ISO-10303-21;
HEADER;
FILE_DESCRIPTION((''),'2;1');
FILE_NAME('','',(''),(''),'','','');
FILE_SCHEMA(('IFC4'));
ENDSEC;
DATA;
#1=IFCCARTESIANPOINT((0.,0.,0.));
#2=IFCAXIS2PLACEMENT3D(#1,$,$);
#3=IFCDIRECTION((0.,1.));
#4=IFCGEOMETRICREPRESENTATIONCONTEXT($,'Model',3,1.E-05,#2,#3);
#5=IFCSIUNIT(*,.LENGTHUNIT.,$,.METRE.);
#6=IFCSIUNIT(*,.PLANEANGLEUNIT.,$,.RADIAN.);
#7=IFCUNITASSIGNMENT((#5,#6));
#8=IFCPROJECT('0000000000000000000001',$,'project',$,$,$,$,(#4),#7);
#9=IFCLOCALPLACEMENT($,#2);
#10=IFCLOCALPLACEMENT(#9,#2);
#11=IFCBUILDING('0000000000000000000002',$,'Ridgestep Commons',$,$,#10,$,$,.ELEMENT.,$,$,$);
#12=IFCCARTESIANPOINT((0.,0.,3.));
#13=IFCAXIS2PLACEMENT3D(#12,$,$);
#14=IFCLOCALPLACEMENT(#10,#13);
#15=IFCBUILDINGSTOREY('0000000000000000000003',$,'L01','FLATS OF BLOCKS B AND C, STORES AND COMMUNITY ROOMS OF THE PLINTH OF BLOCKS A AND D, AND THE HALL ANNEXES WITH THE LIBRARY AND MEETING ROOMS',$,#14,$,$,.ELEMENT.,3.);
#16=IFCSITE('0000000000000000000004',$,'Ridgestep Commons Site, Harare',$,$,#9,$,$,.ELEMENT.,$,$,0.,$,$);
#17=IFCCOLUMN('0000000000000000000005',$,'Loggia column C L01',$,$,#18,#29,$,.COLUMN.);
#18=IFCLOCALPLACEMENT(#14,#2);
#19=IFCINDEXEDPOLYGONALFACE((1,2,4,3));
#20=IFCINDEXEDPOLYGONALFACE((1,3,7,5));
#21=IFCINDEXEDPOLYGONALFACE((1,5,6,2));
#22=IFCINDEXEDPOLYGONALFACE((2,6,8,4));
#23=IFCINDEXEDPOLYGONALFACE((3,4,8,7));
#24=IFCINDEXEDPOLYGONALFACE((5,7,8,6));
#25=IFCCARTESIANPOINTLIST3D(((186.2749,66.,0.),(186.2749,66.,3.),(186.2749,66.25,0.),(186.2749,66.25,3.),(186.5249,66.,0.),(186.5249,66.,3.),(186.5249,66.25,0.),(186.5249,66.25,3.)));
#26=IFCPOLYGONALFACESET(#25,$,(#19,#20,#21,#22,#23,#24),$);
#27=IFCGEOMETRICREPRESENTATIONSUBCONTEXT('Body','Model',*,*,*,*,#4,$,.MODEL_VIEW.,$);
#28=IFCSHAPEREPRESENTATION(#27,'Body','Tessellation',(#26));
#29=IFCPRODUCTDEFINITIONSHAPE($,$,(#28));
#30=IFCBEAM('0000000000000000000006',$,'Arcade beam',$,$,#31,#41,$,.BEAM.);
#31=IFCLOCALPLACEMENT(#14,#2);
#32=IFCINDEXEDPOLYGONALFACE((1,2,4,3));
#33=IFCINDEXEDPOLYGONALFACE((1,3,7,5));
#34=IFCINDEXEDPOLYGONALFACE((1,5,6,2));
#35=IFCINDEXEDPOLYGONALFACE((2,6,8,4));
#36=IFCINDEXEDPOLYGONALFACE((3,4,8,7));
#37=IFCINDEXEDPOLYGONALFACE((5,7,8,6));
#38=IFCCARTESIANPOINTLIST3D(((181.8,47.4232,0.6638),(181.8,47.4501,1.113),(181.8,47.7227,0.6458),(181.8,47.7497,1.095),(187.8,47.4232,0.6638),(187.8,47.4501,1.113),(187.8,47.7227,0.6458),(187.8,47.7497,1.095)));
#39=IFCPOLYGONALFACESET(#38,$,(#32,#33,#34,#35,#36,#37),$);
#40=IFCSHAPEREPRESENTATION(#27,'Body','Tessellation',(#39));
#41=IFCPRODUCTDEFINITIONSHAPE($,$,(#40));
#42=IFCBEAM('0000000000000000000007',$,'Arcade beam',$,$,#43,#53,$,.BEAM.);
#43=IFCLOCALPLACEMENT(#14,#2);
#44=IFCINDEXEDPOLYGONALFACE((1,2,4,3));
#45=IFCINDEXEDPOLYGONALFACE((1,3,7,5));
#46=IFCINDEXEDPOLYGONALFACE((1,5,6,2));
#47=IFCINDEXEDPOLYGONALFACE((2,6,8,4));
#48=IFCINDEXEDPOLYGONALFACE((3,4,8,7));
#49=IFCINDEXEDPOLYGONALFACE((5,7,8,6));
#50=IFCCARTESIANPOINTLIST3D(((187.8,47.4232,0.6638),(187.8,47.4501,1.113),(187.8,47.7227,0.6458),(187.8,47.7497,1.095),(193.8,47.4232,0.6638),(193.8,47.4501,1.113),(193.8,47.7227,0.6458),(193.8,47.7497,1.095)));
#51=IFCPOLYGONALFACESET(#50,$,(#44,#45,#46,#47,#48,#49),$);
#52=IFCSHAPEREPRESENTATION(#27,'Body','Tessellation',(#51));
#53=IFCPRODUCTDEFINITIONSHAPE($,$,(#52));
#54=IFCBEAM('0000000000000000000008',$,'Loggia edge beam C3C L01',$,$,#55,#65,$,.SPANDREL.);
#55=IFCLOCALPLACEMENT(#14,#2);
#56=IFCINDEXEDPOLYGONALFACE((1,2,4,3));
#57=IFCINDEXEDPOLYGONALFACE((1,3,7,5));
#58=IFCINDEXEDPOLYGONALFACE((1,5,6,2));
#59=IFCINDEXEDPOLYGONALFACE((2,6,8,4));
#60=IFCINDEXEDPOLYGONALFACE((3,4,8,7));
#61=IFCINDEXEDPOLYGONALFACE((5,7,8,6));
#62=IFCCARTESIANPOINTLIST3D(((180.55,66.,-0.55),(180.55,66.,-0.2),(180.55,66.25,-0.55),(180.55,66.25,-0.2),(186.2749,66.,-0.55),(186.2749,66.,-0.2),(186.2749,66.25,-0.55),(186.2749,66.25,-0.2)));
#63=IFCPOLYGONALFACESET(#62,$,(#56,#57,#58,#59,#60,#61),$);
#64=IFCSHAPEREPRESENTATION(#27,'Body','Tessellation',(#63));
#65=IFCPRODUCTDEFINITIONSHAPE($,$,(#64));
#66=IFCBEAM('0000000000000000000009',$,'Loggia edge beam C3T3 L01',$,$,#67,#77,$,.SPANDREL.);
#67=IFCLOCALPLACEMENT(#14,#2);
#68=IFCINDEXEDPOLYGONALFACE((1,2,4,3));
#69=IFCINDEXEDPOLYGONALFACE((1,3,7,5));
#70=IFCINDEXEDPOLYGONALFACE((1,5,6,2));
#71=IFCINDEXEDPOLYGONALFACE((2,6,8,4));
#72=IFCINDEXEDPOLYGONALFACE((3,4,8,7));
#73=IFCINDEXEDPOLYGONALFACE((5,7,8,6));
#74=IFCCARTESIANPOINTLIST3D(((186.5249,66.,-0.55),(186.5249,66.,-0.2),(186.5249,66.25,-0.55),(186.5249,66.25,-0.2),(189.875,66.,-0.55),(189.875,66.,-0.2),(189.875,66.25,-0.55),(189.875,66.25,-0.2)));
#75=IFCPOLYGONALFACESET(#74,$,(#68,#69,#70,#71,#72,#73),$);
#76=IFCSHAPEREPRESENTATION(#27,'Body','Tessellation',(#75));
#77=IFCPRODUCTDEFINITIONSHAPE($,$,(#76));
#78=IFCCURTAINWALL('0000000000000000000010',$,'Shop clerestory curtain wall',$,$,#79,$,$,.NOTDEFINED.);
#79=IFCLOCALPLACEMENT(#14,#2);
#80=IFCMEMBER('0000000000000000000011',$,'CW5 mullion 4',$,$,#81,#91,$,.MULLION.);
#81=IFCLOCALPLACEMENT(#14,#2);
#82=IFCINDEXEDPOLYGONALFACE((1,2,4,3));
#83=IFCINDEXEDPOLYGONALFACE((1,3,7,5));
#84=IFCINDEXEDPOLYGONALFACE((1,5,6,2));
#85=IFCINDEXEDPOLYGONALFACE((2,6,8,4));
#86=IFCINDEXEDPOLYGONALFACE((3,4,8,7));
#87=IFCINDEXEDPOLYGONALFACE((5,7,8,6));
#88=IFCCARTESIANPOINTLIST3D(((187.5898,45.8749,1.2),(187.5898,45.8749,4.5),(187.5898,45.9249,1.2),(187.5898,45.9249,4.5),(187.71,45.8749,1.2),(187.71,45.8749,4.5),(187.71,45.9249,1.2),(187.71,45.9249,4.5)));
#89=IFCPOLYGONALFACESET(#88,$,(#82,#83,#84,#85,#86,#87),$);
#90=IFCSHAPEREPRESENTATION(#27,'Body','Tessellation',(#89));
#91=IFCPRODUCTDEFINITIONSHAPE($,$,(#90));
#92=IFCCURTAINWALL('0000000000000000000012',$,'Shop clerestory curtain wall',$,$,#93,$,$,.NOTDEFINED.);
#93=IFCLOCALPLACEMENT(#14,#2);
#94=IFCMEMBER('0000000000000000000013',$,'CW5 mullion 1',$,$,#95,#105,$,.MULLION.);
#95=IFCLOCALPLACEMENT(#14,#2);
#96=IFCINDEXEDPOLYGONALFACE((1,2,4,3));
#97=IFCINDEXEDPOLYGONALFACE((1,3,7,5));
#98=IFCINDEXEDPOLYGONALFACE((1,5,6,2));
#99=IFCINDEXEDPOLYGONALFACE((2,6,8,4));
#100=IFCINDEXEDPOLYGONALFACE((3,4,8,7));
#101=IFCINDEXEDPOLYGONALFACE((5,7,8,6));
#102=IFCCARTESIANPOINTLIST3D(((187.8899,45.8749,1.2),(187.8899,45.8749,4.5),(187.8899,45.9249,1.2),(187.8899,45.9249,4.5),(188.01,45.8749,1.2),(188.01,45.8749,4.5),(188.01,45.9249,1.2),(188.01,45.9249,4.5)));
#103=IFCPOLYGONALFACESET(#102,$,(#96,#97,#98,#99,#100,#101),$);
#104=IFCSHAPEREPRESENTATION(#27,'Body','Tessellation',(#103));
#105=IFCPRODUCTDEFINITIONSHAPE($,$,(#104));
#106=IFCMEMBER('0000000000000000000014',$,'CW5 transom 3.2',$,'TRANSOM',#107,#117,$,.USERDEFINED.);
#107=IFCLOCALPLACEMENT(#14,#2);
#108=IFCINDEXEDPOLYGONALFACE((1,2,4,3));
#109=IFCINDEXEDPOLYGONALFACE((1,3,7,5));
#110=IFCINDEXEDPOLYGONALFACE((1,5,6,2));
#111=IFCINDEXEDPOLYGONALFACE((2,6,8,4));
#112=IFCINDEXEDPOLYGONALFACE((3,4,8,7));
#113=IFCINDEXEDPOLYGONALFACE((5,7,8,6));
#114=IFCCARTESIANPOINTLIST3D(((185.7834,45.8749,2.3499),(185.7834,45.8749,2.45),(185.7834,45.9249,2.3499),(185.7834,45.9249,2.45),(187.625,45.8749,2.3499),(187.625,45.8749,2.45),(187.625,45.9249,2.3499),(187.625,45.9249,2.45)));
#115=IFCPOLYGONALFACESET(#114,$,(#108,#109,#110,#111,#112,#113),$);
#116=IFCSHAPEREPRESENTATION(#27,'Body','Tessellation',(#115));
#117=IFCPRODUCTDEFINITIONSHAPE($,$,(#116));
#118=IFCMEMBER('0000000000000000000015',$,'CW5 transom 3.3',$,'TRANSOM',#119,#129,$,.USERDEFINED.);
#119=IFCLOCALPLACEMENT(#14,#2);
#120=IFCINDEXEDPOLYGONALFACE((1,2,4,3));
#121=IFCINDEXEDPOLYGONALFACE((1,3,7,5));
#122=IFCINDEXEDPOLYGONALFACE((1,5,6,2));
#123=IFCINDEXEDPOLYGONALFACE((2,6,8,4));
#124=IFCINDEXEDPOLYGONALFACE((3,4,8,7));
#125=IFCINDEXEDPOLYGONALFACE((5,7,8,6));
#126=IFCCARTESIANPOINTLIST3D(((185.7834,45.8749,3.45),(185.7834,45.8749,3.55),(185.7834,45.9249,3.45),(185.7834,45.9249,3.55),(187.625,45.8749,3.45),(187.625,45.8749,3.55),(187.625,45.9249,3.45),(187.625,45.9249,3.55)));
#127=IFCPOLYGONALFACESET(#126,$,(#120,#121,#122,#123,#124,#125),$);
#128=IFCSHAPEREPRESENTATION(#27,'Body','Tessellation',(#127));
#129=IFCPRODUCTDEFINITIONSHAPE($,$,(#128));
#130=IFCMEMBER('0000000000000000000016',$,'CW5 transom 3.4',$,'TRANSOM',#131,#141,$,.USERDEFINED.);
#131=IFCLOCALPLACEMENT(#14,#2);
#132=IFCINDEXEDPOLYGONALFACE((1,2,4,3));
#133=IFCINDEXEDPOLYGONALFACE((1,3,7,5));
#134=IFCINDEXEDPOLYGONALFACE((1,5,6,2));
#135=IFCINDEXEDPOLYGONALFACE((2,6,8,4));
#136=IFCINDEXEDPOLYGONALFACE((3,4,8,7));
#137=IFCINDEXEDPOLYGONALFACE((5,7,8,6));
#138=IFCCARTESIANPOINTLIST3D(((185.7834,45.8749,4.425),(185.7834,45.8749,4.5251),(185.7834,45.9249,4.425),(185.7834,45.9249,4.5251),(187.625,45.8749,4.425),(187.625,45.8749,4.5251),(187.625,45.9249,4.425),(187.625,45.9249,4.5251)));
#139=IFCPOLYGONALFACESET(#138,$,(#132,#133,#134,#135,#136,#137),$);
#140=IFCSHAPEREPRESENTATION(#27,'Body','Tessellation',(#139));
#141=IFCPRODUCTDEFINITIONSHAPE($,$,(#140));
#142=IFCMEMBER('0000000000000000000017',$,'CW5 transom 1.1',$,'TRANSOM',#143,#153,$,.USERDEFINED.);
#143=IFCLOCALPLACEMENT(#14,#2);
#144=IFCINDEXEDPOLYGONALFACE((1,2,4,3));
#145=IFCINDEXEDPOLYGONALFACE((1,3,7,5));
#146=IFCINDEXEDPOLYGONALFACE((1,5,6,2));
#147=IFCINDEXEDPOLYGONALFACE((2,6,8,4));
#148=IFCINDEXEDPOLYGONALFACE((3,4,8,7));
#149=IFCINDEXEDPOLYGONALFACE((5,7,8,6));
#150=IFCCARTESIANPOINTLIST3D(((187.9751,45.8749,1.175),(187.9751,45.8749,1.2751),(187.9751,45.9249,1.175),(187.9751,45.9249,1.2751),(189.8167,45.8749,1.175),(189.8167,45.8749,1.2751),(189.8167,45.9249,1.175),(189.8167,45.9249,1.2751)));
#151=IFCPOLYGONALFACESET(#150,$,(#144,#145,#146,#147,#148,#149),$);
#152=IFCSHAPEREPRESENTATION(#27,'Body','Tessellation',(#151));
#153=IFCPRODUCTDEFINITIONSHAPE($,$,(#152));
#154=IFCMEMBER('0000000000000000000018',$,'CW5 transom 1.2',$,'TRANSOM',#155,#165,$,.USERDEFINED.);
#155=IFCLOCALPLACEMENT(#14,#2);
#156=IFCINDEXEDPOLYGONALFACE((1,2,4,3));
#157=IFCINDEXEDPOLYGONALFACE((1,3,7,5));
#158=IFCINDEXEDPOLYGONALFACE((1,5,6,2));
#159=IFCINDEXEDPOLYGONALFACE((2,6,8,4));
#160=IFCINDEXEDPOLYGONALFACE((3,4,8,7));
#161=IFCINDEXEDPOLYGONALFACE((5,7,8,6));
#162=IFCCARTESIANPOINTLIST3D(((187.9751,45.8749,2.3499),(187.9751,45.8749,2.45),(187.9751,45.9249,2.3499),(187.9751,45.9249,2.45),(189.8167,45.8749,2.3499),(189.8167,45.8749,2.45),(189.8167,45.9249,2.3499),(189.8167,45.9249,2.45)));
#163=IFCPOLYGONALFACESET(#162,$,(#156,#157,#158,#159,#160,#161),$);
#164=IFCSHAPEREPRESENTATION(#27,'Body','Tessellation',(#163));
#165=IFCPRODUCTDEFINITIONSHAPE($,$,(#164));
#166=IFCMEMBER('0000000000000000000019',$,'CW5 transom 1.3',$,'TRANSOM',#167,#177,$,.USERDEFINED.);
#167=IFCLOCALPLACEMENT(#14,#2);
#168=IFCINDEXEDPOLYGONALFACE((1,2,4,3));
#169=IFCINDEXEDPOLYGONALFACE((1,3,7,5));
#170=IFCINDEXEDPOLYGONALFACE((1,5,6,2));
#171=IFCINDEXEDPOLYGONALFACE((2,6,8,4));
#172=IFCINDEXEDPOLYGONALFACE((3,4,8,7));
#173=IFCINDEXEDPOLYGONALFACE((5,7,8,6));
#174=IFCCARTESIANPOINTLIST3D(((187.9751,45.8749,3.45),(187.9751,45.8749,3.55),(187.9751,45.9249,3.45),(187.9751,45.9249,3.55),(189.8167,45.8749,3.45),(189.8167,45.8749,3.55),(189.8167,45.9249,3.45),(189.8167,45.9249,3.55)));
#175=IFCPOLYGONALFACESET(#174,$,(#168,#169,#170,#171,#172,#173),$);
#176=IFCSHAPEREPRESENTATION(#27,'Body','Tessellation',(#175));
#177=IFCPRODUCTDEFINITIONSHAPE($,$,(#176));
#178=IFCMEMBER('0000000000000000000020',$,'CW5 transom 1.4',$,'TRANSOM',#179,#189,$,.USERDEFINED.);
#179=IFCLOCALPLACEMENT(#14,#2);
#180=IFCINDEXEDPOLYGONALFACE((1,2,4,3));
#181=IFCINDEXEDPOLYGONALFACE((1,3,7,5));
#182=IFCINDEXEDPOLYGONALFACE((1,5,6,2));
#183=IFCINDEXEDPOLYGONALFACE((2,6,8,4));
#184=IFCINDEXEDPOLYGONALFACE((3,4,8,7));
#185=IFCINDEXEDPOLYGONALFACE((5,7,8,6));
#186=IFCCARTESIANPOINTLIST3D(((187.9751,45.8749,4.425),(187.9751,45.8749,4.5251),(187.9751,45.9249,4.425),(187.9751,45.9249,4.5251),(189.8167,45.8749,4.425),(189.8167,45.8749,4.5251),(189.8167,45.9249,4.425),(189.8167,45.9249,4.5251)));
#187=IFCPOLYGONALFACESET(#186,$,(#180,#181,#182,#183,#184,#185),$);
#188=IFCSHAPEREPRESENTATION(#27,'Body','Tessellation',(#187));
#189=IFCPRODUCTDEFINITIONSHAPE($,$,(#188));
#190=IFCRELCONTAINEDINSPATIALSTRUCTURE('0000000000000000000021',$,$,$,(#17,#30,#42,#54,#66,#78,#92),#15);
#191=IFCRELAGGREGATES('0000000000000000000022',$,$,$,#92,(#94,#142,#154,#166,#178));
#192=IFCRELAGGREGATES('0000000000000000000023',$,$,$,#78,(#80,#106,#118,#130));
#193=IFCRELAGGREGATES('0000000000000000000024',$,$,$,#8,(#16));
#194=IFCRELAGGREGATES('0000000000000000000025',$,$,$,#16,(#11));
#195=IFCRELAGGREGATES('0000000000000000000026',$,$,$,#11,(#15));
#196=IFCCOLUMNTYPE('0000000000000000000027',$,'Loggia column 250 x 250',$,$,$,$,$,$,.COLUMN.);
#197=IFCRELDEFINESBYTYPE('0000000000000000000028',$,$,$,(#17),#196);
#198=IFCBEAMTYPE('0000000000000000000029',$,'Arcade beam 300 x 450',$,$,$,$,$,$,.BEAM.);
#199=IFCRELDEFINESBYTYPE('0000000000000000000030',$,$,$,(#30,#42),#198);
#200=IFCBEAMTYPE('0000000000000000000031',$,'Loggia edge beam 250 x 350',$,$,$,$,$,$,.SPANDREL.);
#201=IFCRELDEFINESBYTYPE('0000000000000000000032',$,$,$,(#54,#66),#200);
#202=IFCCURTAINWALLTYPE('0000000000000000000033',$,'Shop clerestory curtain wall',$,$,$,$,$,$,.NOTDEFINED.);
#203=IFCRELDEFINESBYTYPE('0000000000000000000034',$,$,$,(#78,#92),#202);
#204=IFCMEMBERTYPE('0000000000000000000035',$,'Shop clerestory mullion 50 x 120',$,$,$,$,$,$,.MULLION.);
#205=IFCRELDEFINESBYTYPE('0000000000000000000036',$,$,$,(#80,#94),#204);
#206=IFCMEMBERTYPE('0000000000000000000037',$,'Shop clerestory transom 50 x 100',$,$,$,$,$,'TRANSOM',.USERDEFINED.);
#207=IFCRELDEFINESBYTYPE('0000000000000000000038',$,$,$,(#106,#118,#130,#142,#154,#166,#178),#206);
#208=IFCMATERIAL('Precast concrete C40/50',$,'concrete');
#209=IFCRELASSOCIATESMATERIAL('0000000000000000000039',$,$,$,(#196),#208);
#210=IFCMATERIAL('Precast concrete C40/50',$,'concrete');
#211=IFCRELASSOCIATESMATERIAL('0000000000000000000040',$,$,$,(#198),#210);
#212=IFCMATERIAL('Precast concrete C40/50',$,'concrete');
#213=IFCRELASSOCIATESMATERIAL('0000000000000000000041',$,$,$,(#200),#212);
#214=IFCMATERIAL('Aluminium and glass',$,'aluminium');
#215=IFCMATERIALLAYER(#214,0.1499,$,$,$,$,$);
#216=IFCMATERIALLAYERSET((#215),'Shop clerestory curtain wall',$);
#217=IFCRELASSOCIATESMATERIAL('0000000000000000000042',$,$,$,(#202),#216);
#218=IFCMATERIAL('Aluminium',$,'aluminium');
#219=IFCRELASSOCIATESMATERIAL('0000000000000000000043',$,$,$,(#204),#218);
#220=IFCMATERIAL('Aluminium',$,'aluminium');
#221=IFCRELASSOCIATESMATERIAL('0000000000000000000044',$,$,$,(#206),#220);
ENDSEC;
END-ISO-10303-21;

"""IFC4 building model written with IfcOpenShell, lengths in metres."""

from ifc_helpers import new_model, si_unit, direction, frame, origin, origin_2d, place, context, subcontext, project, spatial, rectangle, extrude, material, layer, layer_set, material_profile, profile_set, type_object, element, aggregate, save


model = new_model("IFC4")

# Units and contexts
model_context = context("Model", 3, precision=1e-05, world=origin(), true_north=direction((0.0, 1.0)))
body_context = subcontext(model_context, "Body", "Model", "MODEL_VIEW")
ifc_project = project(units=[si_unit("LENGTHUNIT", "METRE"), si_unit("PLANEANGLEUNIT", "RADIAN")], contexts=[model_context])

# Site, building, storey
site_placement = place(None, origin())
site = spatial("IfcSite", under=ifc_project, at=site_placement, Name="Ridgestep Commons Site, Harare", CompositionType="ELEMENT", RefElevation=0.0)
building_placement = place(site_placement, origin())
building = spatial("IfcBuilding", under=site, at=building_placement, Name="Ridgestep Commons", CompositionType="ELEMENT")
storey_placement = place(building_placement, frame((0.0, 0.0, 3.0)))
storey = spatial("IfcBuildingStorey", under=building, at=storey_placement, Name="L01", Description="FLATS OF BLOCKS B AND C, STORES AND COMMUNITY ROOMS OF THE PLINTH OF BLOCKS A AND D, AND THE HALL ANNEXES WITH THE LIBRARY AND MEETING ROOMS", CompositionType="ELEMENT", Elevation=3.0)

# Column
ifc_material_1 = material(Name="Precast concrete C40/50", Category="concrete")
ifc_material_profile_1 = material_profile(ifc_material_1, rectangle(XDim=0.25, YDim=0.25, at=origin_2d()), Name="PC 250x250")
ifc_profile_set_1 = profile_set([ifc_material_profile_1], Name="Precast concrete C40/50")
column_type = type_object("IfcColumnType", Name="Loggia column 250 x 250", PredefinedType="COLUMN", material=ifc_profile_set_1)
column_placement = place(storey_placement, frame((186.3999, 66.125, 0.0), z_axis=(0.0, 0.0, 1.0), x_axis=(1.0, 0.0, 0.0)))
element("IfcColumn", 1, at=column_placement, inside=storey, type_object=column_type, Name="Loggia column C L01", PredefinedType="COLUMN", context=body_context, shape_type="SweptSolid", body=[
    extrude(rectangle(XDim=0.25, YDim=0.25, at=origin_2d()), origin(), (0.0, 0.0, 1.0), 3.0),
])

# Beams
ifc_material_2 = material(Name="Precast concrete C40/50", Category="concrete")
ifc_material_profile_2 = material_profile(ifc_material_2, rectangle(XDim=0.3, YDim=0.45, at=origin_2d()), Name="Arcade beam 300 x 450")
ifc_profile_set_2 = profile_set([ifc_material_profile_2], Name="Precast concrete C40/50")
beam_type_1 = type_object("IfcBeamType", Name="Arcade beam 300 x 450", PredefinedType="BEAM", material=ifc_profile_set_2)
for number, where, z_axis, x_axis, name in (
    (2, (181.8, 47.5864, 0.8794), (1.0, 0.0, 0.0), (0.0, 0.998205, -0.059892), "Arcade beam"),
    (3, (187.8, 47.5864, 0.8794), (1.0, 0.0, 0.0), (0.0, 0.998205, -0.059892), "Arcade beam"),
):
    element("IfcBeam", number, at=place(storey_placement, frame(where, z_axis=z_axis, x_axis=x_axis)), inside=storey, type_object=beam_type_1, Name=name, PredefinedType="BEAM", context=body_context, shape_type="SweptSolid", body=[
        extrude(rectangle(XDim=0.3, YDim=0.45, at=origin_2d()), origin(), (0.0, 0.0, 1.0), 6.0),
    ])
ifc_material_3 = material(Name="Precast concrete C40/50", Category="concrete")
ifc_material_profile_3 = material_profile(ifc_material_3, rectangle(XDim=0.25, YDim=0.3501, at=origin_2d()), Name="PC 250x350")
ifc_profile_set_3 = profile_set([ifc_material_profile_3], Name="Precast concrete C40/50")
beam_type_2 = type_object("IfcBeamType", Name="Loggia edge beam 250 x 350", PredefinedType="SPANDREL", material=ifc_profile_set_3)
beam_1_placement = place(storey_placement, frame((180.55, 66.125, -0.375), z_axis=(1.0, 0.0, 0.0), x_axis=(0.0, 1.0, 0.0)))
element("IfcBeam", 4, at=beam_1_placement, inside=storey, type_object=beam_type_2, Name="Loggia edge beam C3C L01", PredefinedType="SPANDREL", context=body_context, shape_type="SweptSolid", body=[
    extrude(rectangle(XDim=0.25, YDim=0.3501, at=origin_2d()), origin(), (0.0, 0.0, 1.0), 5.7249),
])
beam_2_placement = place(storey_placement, frame((186.5249, 66.125, -0.375), z_axis=(1.0, 0.0, 0.0), x_axis=(0.0, 1.0, 0.0)))
element("IfcBeam", 5, at=beam_2_placement, inside=storey, type_object=beam_type_2, Name="Loggia edge beam C3T3 L01", PredefinedType="SPANDREL", context=body_context, shape_type="SweptSolid", body=[
    extrude(rectangle(XDim=0.25, YDim=0.3501, at=origin_2d()), origin(), (0.0, 0.0, 1.0), 3.3501),
])

# Curtain walls, members
ifc_material_4 = material(Name="Aluminium and glass", Category="aluminium")
ifc_layer_1 = layer(ifc_material_4, 0.1499)
ifc_layer_set_1 = layer_set([ifc_layer_1], Name="Shop clerestory curtain wall")
curtain_wall_type = type_object("IfcCurtainWallType", Name="Shop clerestory curtain wall", PredefinedType="NOTDEFINED", material=ifc_layer_set_1)
curtain_wall_1_placement = place(storey_placement, origin())
curtain_wall_1 = element("IfcCurtainWall", 6, at=curtain_wall_1_placement, inside=storey, type_object=curtain_wall_type, Name="Shop clerestory curtain wall", PredefinedType="NOTDEFINED")
ifc_material_5 = material(Name="Aluminium", Category="aluminium")
ifc_material_profile_4 = material_profile(ifc_material_5, rectangle(XDim=0.05, YDim=0.1201, at=origin_2d()), Name="Shop clerestory mullion 50 x 120")
ifc_profile_set_4 = profile_set([ifc_material_profile_4], Name="Aluminium")
member_type_1 = type_object("IfcMemberType", Name="Shop clerestory mullion 50 x 120", PredefinedType="MULLION", material=ifc_profile_set_4)
member_1_placement = place(storey_placement, frame((187.6499, 45.8999, 1.2), z_axis=(0.0, 0.0, 1.0), x_axis=(0.0, 1.0, 0.0)))
member_1 = element("IfcMember", 7, at=member_1_placement, type_object=member_type_1, Name="CW5 mullion 4", PredefinedType="MULLION", context=body_context, shape_type="SweptSolid", body=[
    extrude(rectangle(XDim=0.05, YDim=0.1201, at=origin_2d()), origin(), (0.0, 0.0, 1.0), 3.3),
])
curtain_wall_2_placement = place(storey_placement, origin())
curtain_wall_2 = element("IfcCurtainWall", 8, at=curtain_wall_2_placement, inside=storey, type_object=curtain_wall_type, Name="Shop clerestory curtain wall", PredefinedType="NOTDEFINED")
member_2_placement = place(storey_placement, frame((187.95, 45.8999, 1.2), z_axis=(0.0, 0.0, 1.0), x_axis=(0.0, 1.0, 0.0)))
member_2 = element("IfcMember", 9, at=member_2_placement, type_object=member_type_1, Name="CW5 mullion 1", PredefinedType="MULLION", context=body_context, shape_type="SweptSolid", body=[
    extrude(rectangle(XDim=0.05, YDim=0.1201, at=origin_2d()), origin(), (0.0, 0.0, 1.0), 3.3),
])

# Members
ifc_material_6 = material(Name="Aluminium", Category="aluminium")
ifc_material_profile_5 = material_profile(ifc_material_6, rectangle(XDim=0.05, YDim=0.1001, at=origin_2d()), Name="Shop clerestory transom 50 x 100")
ifc_profile_set_5 = profile_set([ifc_material_profile_5], Name="Aluminium")
member_type_2 = type_object("IfcMemberType", Name="Shop clerestory transom 50 x 100", ElementType="TRANSOM", PredefinedType="USERDEFINED", material=ifc_profile_set_5)
member_3_placement = place(storey_placement, frame((185.7834, 45.8999, 2.3999), z_axis=(1.0, 0.0, 0.0), x_axis=(0.0, 1.0, 0.0)))
member_3 = element("IfcMember", 10, at=member_3_placement, type_object=member_type_2, Name="CW5 transom 3.2", ObjectType="TRANSOM", PredefinedType="USERDEFINED", context=body_context, shape_type="SweptSolid", body=[
    extrude(rectangle(XDim=0.05, YDim=0.1001, at=origin_2d()), origin(), (0.0, 0.0, 1.0), 1.8416),
])
member_4_placement = place(storey_placement, frame((185.7834, 45.8999, 3.5), z_axis=(1.0, 0.0, 0.0), x_axis=(0.0, 1.0, 0.0)))
member_4 = element("IfcMember", 11, at=member_4_placement, type_object=member_type_2, Name="CW5 transom 3.3", ObjectType="TRANSOM", PredefinedType="USERDEFINED", context=body_context, shape_type="SweptSolid", body=[
    extrude(rectangle(XDim=0.05, YDim=0.1001, at=origin_2d()), origin(), (0.0, 0.0, 1.0), 1.8416),
])
member_5_placement = place(storey_placement, frame((185.7834, 45.8999, 4.4751), z_axis=(1.0, 0.0, 0.0), x_axis=(0.0, 1.0, 0.0)))
member_5 = element("IfcMember", 12, at=member_5_placement, type_object=member_type_2, Name="CW5 transom 3.4", ObjectType="TRANSOM", PredefinedType="USERDEFINED", context=body_context, shape_type="SweptSolid", body=[
    extrude(rectangle(XDim=0.05, YDim=0.1001, at=origin_2d()), origin(), (0.0, 0.0, 1.0), 1.8416),
])
member_6_placement = place(storey_placement, frame((187.9751, 45.8999, 1.2251), z_axis=(1.0, 0.0, 0.0), x_axis=(0.0, 1.0, 0.0)))
member_6 = element("IfcMember", 13, at=member_6_placement, type_object=member_type_2, Name="CW5 transom 1.1", ObjectType="TRANSOM", PredefinedType="USERDEFINED", context=body_context, shape_type="SweptSolid", body=[
    extrude(rectangle(XDim=0.05, YDim=0.1001, at=origin_2d()), origin(), (0.0, 0.0, 1.0), 1.8416),
])
member_7_placement = place(storey_placement, frame((187.9751, 45.8999, 2.3999), z_axis=(1.0, 0.0, 0.0), x_axis=(0.0, 1.0, 0.0)))
member_7 = element("IfcMember", 14, at=member_7_placement, type_object=member_type_2, Name="CW5 transom 1.2", ObjectType="TRANSOM", PredefinedType="USERDEFINED", context=body_context, shape_type="SweptSolid", body=[
    extrude(rectangle(XDim=0.05, YDim=0.1001, at=origin_2d()), origin(), (0.0, 0.0, 1.0), 1.8416),
])
member_8_placement = place(storey_placement, frame((187.9751, 45.8999, 3.5), z_axis=(1.0, 0.0, 0.0), x_axis=(0.0, 1.0, 0.0)))
member_8 = element("IfcMember", 15, at=member_8_placement, type_object=member_type_2, Name="CW5 transom 1.3", ObjectType="TRANSOM", PredefinedType="USERDEFINED", context=body_context, shape_type="SweptSolid", body=[
    extrude(rectangle(XDim=0.05, YDim=0.1001, at=origin_2d()), origin(), (0.0, 0.0, 1.0), 1.8416),
])
member_9_placement = place(storey_placement, frame((187.9751, 45.8999, 4.4751), z_axis=(1.0, 0.0, 0.0), x_axis=(0.0, 1.0, 0.0)))
member_9 = element("IfcMember", 16, at=member_9_placement, type_object=member_type_2, Name="CW5 transom 1.4", ObjectType="TRANSOM", PredefinedType="USERDEFINED", context=body_context, shape_type="SweptSolid", body=[
    extrude(rectangle(XDim=0.05, YDim=0.1001, at=origin_2d()), origin(), (0.0, 0.0, 1.0), 1.8416),
])
aggregate(curtain_wall_2, [member_2, member_6, member_7, member_8, member_9])

aggregate(curtain_wall_1, [member_1, member_3, member_4, member_5])

save(model, "model.ifc")
